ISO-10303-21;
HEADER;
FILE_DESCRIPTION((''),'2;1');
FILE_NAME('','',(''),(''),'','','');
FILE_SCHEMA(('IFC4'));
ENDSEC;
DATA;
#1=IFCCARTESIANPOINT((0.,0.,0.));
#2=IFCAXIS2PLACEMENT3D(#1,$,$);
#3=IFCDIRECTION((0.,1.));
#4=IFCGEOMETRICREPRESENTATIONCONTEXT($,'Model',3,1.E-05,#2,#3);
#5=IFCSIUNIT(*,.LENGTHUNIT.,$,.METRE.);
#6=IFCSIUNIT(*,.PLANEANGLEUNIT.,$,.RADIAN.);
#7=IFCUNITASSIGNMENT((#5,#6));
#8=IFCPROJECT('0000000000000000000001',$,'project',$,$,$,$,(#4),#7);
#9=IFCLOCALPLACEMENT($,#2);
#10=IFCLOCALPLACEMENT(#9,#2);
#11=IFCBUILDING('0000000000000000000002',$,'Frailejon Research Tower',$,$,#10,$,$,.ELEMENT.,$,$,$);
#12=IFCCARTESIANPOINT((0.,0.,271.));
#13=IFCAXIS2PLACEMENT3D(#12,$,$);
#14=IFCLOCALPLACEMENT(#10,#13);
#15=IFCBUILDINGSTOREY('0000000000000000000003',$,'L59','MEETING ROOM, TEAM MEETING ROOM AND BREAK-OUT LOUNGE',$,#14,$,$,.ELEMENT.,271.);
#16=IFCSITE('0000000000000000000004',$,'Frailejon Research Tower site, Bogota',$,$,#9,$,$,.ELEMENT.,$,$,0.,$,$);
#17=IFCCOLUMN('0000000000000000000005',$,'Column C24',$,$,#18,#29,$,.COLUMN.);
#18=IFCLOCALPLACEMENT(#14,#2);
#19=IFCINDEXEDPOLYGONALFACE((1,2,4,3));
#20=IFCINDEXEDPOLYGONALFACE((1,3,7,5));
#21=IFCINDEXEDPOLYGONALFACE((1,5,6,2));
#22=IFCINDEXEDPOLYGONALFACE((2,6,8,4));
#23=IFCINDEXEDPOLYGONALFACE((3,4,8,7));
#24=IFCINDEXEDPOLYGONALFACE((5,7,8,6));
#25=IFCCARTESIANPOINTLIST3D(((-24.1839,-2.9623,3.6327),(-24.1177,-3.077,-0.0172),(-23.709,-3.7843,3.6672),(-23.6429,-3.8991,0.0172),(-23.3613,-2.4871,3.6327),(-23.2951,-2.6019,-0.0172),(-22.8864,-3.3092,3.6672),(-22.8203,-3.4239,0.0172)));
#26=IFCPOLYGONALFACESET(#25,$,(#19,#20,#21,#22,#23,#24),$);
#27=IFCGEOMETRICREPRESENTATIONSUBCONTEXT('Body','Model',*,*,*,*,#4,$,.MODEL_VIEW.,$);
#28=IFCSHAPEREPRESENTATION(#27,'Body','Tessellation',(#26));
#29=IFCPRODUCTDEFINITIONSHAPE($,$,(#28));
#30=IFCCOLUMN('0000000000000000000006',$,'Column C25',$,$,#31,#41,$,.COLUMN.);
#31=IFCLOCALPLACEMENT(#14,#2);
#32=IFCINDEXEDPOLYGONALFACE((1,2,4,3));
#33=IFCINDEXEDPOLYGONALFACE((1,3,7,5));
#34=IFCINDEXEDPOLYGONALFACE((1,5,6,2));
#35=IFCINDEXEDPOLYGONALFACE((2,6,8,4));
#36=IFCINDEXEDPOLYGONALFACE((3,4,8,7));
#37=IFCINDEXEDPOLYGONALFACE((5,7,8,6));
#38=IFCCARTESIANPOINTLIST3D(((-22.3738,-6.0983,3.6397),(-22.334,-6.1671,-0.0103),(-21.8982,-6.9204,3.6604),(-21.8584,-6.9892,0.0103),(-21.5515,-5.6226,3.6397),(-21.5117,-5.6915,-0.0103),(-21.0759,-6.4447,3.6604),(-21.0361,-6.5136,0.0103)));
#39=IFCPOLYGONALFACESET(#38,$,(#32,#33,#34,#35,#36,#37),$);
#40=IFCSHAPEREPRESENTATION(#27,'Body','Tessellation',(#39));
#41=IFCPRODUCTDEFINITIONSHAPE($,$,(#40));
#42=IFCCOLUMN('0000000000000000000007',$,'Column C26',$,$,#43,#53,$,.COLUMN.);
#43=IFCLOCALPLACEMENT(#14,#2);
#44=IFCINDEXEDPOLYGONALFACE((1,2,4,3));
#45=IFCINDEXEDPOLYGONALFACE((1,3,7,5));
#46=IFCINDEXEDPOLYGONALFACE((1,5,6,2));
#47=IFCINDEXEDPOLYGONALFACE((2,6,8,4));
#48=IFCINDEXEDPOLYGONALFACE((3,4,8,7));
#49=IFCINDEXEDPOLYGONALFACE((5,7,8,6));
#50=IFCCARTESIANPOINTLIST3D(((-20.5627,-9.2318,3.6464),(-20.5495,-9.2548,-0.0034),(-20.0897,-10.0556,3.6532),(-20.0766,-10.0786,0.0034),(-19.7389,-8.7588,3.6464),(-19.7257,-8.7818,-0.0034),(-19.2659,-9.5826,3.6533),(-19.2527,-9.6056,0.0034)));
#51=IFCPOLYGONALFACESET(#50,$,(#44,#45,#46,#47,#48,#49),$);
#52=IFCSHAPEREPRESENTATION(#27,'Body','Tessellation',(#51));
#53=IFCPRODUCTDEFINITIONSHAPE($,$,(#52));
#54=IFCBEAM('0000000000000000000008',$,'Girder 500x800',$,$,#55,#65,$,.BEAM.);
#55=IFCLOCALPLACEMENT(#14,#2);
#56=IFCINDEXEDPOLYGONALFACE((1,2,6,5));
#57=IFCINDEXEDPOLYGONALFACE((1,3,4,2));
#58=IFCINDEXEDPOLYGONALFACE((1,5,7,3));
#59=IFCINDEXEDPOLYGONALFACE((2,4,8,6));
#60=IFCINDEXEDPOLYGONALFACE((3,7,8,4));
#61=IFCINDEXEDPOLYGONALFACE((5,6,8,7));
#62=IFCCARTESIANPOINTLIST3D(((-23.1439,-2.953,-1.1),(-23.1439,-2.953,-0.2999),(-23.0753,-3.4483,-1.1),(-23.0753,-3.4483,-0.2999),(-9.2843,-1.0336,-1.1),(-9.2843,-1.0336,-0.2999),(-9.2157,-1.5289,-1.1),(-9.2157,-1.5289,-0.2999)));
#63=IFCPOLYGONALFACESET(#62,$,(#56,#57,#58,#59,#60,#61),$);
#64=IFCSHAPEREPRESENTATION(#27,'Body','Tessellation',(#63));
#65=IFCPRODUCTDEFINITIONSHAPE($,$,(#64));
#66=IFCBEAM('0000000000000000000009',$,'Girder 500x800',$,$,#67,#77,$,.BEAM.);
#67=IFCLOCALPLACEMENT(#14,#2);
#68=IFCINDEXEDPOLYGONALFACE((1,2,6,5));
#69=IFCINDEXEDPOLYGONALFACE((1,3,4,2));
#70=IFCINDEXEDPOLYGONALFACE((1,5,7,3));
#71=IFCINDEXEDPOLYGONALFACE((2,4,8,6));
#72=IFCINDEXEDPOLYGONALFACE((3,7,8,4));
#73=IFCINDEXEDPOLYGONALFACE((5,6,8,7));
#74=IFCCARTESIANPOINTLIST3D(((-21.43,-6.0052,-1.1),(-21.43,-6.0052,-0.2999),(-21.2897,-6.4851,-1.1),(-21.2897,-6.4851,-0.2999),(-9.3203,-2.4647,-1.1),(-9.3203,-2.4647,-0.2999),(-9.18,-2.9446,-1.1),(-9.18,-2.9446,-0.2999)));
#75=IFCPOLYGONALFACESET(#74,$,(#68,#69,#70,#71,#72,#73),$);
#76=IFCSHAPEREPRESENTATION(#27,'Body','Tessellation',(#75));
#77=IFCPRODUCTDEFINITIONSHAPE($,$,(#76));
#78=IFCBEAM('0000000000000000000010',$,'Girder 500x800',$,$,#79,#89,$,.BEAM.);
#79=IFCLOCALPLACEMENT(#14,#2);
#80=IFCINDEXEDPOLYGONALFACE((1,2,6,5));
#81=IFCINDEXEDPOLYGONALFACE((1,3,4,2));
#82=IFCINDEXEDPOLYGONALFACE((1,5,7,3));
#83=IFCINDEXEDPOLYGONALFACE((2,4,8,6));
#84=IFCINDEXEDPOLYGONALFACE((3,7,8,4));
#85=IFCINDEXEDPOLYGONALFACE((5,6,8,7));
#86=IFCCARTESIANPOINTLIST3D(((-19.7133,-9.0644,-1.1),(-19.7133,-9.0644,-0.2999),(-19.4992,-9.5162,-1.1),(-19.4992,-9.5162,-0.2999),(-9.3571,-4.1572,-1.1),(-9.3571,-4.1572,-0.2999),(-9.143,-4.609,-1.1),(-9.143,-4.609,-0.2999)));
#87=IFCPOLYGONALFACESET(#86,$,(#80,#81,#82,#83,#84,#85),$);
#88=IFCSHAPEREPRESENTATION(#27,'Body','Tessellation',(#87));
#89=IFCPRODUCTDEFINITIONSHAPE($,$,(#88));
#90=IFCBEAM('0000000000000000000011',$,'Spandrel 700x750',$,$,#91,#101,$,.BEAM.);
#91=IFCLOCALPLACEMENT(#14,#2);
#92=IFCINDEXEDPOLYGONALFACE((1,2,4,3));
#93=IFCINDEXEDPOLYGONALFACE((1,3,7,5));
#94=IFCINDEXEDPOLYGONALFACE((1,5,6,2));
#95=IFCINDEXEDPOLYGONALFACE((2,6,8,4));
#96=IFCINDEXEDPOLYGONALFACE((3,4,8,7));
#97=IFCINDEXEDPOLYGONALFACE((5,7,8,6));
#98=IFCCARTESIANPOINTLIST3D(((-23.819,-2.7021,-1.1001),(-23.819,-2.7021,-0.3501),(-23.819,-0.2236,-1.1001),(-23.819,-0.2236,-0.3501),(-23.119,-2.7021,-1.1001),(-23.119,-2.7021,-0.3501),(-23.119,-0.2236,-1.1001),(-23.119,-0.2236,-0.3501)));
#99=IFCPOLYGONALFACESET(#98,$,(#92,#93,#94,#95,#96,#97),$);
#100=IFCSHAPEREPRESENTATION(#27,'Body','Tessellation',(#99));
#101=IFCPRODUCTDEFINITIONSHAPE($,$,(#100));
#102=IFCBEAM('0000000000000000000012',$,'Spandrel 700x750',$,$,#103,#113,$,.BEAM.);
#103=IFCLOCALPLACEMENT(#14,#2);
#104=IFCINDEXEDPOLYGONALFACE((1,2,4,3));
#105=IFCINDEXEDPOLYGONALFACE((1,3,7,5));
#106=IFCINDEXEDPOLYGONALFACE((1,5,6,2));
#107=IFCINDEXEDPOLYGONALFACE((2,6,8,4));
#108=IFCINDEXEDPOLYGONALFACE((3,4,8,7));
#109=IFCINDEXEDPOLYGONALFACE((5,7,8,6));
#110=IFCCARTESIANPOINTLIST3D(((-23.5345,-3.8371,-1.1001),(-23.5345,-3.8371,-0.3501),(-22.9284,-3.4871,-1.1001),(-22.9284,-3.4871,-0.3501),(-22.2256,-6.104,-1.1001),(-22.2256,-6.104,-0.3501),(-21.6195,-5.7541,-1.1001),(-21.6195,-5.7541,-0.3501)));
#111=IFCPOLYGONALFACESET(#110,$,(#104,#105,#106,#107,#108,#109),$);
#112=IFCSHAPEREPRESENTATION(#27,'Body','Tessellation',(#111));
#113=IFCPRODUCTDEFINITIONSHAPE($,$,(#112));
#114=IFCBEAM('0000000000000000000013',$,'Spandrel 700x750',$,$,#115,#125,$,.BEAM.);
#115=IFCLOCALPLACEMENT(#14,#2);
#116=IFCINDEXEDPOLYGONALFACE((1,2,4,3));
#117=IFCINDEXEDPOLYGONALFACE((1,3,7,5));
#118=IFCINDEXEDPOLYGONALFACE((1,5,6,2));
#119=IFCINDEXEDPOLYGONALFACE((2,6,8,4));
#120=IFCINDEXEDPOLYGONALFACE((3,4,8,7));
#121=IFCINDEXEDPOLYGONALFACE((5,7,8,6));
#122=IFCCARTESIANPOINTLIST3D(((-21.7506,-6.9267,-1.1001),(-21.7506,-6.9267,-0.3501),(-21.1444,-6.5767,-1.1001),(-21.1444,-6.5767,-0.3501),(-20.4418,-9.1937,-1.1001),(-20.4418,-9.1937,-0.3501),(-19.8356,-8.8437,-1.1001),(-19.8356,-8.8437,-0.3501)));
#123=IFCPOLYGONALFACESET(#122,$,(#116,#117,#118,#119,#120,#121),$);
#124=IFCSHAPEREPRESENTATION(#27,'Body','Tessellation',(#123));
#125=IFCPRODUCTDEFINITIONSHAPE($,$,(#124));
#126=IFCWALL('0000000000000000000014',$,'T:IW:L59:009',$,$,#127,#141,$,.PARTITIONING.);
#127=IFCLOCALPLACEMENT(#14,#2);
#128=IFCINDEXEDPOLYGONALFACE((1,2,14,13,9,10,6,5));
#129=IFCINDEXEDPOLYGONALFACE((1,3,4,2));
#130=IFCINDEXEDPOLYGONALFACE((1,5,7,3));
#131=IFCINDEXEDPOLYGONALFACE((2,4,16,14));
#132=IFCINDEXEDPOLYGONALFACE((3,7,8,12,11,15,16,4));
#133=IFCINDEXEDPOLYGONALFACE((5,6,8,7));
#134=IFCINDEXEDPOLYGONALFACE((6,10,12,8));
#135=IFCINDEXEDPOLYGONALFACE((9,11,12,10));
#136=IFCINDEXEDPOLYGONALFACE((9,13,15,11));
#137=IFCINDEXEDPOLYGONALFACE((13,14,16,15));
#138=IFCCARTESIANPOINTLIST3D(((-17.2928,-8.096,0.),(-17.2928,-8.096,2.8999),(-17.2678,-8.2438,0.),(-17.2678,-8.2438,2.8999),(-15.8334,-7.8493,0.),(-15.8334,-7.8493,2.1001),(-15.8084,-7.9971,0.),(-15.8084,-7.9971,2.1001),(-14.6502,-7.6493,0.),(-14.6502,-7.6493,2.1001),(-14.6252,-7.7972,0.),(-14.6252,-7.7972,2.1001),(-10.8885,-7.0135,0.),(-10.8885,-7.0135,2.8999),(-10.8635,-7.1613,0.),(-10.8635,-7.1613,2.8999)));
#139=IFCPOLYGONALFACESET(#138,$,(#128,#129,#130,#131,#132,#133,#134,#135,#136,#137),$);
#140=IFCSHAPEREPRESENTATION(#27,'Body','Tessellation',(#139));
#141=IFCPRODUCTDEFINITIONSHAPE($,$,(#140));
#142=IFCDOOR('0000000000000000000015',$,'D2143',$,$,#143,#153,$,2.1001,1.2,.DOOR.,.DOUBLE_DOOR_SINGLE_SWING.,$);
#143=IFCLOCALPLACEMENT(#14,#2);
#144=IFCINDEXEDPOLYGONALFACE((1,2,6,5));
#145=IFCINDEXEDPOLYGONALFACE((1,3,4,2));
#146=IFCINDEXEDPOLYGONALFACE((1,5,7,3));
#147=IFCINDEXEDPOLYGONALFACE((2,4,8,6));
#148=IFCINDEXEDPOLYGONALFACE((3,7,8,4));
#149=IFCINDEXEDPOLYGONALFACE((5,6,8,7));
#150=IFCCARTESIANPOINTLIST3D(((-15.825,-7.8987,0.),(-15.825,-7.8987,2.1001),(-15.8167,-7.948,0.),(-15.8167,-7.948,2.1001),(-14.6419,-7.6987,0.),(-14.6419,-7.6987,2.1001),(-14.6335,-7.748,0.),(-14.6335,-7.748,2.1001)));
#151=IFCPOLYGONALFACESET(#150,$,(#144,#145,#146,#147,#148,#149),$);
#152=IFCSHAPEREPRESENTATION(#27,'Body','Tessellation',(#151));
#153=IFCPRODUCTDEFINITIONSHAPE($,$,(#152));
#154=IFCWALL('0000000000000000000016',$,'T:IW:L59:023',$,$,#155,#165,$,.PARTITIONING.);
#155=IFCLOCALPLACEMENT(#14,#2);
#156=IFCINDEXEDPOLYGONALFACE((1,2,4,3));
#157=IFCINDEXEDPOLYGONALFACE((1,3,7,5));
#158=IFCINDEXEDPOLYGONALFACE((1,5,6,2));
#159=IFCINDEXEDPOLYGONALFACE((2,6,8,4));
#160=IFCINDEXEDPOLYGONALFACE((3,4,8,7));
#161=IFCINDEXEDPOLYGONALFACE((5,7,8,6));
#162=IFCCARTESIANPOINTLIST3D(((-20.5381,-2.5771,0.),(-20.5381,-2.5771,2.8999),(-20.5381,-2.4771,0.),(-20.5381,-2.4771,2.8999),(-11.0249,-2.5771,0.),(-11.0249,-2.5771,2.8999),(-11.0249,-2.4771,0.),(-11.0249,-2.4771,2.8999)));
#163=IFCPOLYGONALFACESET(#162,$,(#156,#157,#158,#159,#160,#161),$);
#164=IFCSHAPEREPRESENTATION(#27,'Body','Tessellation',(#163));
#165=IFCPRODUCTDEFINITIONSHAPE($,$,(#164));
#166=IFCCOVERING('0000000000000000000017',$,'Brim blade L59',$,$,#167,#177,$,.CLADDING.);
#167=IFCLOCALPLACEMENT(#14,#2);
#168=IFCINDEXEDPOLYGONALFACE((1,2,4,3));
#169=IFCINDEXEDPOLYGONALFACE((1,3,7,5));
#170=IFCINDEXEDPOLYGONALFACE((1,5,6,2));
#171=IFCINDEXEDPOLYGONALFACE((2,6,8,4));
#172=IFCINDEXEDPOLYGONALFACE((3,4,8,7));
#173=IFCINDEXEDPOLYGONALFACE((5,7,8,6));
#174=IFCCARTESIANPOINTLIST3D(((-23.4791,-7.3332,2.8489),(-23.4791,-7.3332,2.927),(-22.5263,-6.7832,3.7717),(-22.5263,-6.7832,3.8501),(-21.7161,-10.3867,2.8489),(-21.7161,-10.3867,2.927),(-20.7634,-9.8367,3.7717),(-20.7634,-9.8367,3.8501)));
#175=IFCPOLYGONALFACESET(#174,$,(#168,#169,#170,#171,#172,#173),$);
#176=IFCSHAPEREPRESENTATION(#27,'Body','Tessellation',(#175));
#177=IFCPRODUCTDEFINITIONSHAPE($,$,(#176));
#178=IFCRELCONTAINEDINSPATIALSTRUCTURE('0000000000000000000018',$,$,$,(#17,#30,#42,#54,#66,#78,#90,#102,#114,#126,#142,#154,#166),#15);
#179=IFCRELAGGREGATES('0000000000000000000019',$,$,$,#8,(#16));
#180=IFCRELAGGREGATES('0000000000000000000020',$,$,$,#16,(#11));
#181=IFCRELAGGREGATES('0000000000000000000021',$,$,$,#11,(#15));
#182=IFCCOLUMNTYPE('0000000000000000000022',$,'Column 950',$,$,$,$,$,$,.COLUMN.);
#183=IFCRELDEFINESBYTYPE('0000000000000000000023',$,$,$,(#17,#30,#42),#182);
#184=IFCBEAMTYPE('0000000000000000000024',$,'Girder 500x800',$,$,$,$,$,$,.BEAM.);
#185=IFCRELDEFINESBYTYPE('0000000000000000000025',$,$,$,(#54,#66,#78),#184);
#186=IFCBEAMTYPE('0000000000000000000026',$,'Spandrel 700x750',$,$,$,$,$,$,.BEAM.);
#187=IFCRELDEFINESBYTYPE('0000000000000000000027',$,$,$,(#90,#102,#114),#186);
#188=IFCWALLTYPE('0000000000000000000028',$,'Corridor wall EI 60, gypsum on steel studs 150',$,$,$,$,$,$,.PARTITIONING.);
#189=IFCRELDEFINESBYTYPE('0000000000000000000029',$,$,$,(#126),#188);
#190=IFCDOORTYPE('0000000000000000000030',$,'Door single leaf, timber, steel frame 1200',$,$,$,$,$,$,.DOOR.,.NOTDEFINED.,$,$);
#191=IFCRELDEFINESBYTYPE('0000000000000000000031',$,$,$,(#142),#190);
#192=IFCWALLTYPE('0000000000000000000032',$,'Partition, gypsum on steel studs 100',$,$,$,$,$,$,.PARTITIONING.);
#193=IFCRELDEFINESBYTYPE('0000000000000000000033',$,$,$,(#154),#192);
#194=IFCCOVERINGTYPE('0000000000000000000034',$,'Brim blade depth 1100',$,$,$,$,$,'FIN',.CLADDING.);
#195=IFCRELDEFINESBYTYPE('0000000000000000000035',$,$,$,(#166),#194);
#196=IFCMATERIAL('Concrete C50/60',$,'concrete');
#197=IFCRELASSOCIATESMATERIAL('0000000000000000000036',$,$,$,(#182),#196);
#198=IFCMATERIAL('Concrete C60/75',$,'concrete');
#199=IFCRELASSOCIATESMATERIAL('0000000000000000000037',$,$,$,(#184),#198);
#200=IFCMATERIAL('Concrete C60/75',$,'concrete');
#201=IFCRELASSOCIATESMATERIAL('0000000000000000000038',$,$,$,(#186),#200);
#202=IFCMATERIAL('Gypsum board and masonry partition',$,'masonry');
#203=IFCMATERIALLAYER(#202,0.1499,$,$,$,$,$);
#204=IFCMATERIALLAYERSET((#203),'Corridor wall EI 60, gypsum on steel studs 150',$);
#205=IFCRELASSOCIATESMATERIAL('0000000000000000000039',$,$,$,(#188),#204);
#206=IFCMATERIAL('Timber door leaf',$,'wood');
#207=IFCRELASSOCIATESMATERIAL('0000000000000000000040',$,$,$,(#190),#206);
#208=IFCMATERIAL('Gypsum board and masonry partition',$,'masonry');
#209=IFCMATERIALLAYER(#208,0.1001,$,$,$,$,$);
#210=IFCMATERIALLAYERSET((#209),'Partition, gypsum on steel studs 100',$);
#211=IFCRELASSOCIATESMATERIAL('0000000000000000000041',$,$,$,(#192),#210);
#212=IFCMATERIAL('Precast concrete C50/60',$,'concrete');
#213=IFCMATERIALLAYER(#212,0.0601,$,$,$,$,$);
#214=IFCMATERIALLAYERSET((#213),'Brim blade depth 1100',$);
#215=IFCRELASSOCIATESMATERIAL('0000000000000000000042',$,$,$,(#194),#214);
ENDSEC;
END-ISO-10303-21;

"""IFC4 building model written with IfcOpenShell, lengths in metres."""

from ifc_helpers import new_model, si_unit, direction, frame, frame_2d, origin, origin_2d, place, context, subcontext, project, spatial, polyline, rectangle, outline, extrude, material, layer, layer_set, material_profile, profile_set, type_object, element, fill, save


model = new_model("IFC4")

# Units and contexts
model_context = context("Model", 3, precision=1e-05, world=origin(), true_north=direction((0.0, 1.0)))
body_context = subcontext(model_context, "Body", "Model", "MODEL_VIEW")
ifc_project = project(units=[si_unit("LENGTHUNIT", "METRE"), si_unit("PLANEANGLEUNIT", "RADIAN")], contexts=[model_context])

# Site, building, storey
site_placement = place(None, origin())
site = spatial("IfcSite", under=ifc_project, at=site_placement, Name="Frailejon Research Tower site, Bogota", CompositionType="ELEMENT", RefElevation=0.0)
building_placement = place(site_placement, origin())
building = spatial("IfcBuilding", under=site, at=building_placement, Name="Frailejon Research Tower", CompositionType="ELEMENT")
storey_placement = place(building_placement, frame((0.0, 0.0, 271.0)))
storey = spatial("IfcBuildingStorey", under=building, at=storey_placement, Name="L59", Description="MEETING ROOM, TEAM MEETING ROOM AND BREAK-OUT LOUNGE", CompositionType="ELEMENT", Elevation=271.0)

# Columns
ifc_material_1 = material(Name="Concrete C50/60", Category="concrete")
ifc_material_profile_1 = material_profile(ifc_material_1, rectangle(XDim=0.95, YDim=0.95, at=origin_2d()), Name="Column 950")
ifc_profile_set_1 = profile_set([ifc_material_profile_1], Name="Concrete C50/60")
column_type = type_object("IfcColumnType", Name="Column 950", PredefinedType="COLUMN", material=ifc_profile_set_1)
column_1_placement = place(storey_placement, frame((-23.469, -3.2505, 0.0), z_axis=(-0.018115, 0.031417, 0.999342), x_axis=(0.499857, -0.865348, 0.036266)))
element("IfcColumn", 1, at=column_1_placement, inside=storey, type_object=column_type, Name="Column C24", PredefinedType="COLUMN", context=body_context, shape_type="SweptSolid", body=[
    extrude(rectangle(XDim=0.95, YDim=0.95, at=origin_2d()), origin(), (0.0, 0.0, 1.0), 3.6523),
])
column_2_placement = place(storey_placement, frame((-21.6851, -6.3403, 0.0), z_axis=(-0.0109, 0.018858, 0.999763), x_axis=(0.50059, -0.86541, 0.021782)))
element("IfcColumn", 2, at=column_2_placement, inside=storey, type_object=column_type, Name="Column C25", PredefinedType="COLUMN", context=body_context, shape_type="SweptSolid", body=[
    extrude(rectangle(XDim=0.95, YDim=0.95, at=origin_2d()), origin(), (0.0, 0.0, 1.0), 3.6509),
])
column_3_placement = place(storey_placement, frame((-19.9011, -9.4302, 0.0), z_axis=(-0.003612, 0.006287, 0.999974), x_axis=(0.49789, -0.86721, 0.007251)))
element("IfcColumn", 3, at=column_3_placement, inside=storey, type_object=column_type, Name="Column C26", PredefinedType="COLUMN", context=body_context, shape_type="SweptSolid", body=[
    extrude(rectangle(XDim=0.95, YDim=0.95, at=origin_2d()), origin(), (0.0, 0.0, 1.0), 3.6499),
])

# Beams
ifc_material_2 = material(Name="Concrete C60/75", Category="concrete")
ifc_material_profile_2 = material_profile(ifc_material_2, rectangle(XDim=0.5, YDim=0.8, at=origin_2d()), Name="Girder 500x800")
ifc_profile_set_2 = profile_set([ifc_material_profile_2], Name="Concrete C60/75")
beam_type_1 = type_object("IfcBeamType", Name="Girder 500x800", PredefinedType="BEAM", material=ifc_profile_set_2)
beam_1_placement = place(storey_placement, frame((-23.1096, -3.2007, -0.7), z_axis=(0.990546, 0.137182, 0.0), x_axis=(-0.137182, 0.990546, 0.0)))
element("IfcBeam", 4, at=beam_1_placement, inside=storey, type_object=beam_type_1, Name="Girder 500x800", PredefinedType="BEAM", context=body_context, shape_type="SweptSolid", body=[
    extrude(rectangle(XDim=0.5, YDim=0.8, at=origin_2d()), origin(), (0.0, 0.0, 1.0), 13.9919),
])
beam_2_placement = place(storey_placement, frame((-21.3599, -6.2451, -0.7), z_axis=(0.959819, 0.28062, 0.0), x_axis=(-0.28062, 0.959819, 0.0)))
element("IfcBeam", 5, at=beam_2_placement, inside=storey, type_object=beam_type_1, Name="Girder 500x800", PredefinedType="BEAM", context=body_context, shape_type="SweptSolid", body=[
    extrude(rectangle(XDim=0.5, YDim=0.8, at=origin_2d()), origin(), (0.0, 0.0, 1.0), 12.6167),
])
beam_3_placement = place(storey_placement, frame((-19.6062, -9.2903, -0.7), z_axis=(0.903682, 0.428204, 0.0), x_axis=(-0.428204, 0.903682, 0.0)))
element("IfcBeam", 6, at=beam_3_placement, inside=storey, type_object=beam_type_1, Name="Girder 500x800", PredefinedType="BEAM", context=body_context, shape_type="SweptSolid", body=[
    extrude(rectangle(XDim=0.5, YDim=0.8, at=origin_2d()), origin(), (0.0, 0.0, 1.0), 11.46),
])
ifc_material_3 = material(Name="Concrete C60/75", Category="concrete")
ifc_material_profile_3 = material_profile(ifc_material_3, rectangle(XDim=0.7, YDim=0.75, at=origin_2d()), Name="Spandrel 700x750")
ifc_profile_set_3 = profile_set([ifc_material_profile_3], Name="Concrete C60/75")
beam_type_2 = type_object("IfcBeamType", Name="Spandrel 700x750", PredefinedType="BEAM", material=ifc_profile_set_3)
beam_4_placement = place(storey_placement, frame((-23.469, -0.2236, -0.7251), z_axis=(0.0, -1.0, 0.0), x_axis=(1.0, 0.0, 0.0)))
element("IfcBeam", 7, at=beam_4_placement, inside=storey, type_object=beam_type_2, Name="Spandrel 700x750", PredefinedType="BEAM", context=body_context, shape_type="SweptSolid", body=[
    extrude(rectangle(XDim=0.7, YDim=0.75, at=origin_2d()), origin(), (0.0, 0.0, 1.0), 2.4785),
])
for number, where, z_axis, x_axis, name in (
    (8, (-23.2314, -3.6621, -0.7251), (0.500021, -0.866013, 0.0), (0.866013, 0.500021, 0.0), "Spandrel 700x750"),
    (9, (-21.4475, -6.7517, -0.7251), (0.499981, -0.866036, 0.0), (0.866036, 0.499981, 0.0), "Spandrel 700x750"),
):
    element("IfcBeam", number, at=place(storey_placement, frame(where, z_axis=z_axis, x_axis=x_axis)), inside=storey, type_object=beam_type_2, Name=name, PredefinedType="BEAM", context=body_context, shape_type="SweptSolid", body=[
        extrude(rectangle(XDim=0.7, YDim=0.75, at=origin_2d()), origin(), (0.0, 0.0, 1.0), 2.6177),
    ])

# Wall, opening, door
ifc_material_4 = material(Name="Gypsum board and masonry partition", Category="masonry")
ifc_layer_1 = layer(ifc_material_4, 0.1499)
ifc_layer_set_1 = layer_set([ifc_layer_1], Name="Corridor wall EI 60, gypsum on steel studs 150")
wall_type_1 = type_object("IfcWallType", Name="Corridor wall EI 60, gypsum on steel studs 150", PredefinedType="PARTITIONING", material=ifc_layer_set_1)
wall_1_placement = place(storey_placement, frame((-17.2803, -8.1699, 0.0), z_axis=(0.0, 0.0, 1.0), x_axis=(0.986013, 0.166666, 0.0)))
wall_1 = element("IfcWall", 10, at=wall_1_placement, inside=storey, type_object=wall_type_1, Name="T:IW:L59:009", PredefinedType="PARTITIONING", context=body_context, shape_type="SweptSolid", body=[
    extrude(rectangle(XDim=6.4951, YDim=0.1499, at=frame_2d((3.2476, 0.0))), origin(), (0.0, 0.0, 1.0), 2.8999),
])
opening_1_placement = place(wall_1_placement, frame((1.48, 0.0, 0.0)))
opening_1 = element("IfcOpeningElement", 11, at=opening_1_placement, cuts=wall_1, PredefinedType="OPENING", context=body_context, shape_type="SweptSolid", body=[
    extrude(rectangle(XDim=1.2, YDim=2.1001, at=frame_2d((0.6001, 1.05))), frame((0.0, 0.085, 0.0), z_axis=(0.0, -1.0, 0.0), x_axis=(1.0, 0.0, 0.0)), (0.0, 0.0, 1.0), 0.1699),
])
ifc_material_5 = material(Name="Timber door leaf", Category="wood")
door_type_1 = type_object("IfcDoorType", Name="Door single leaf, timber, steel frame 1200", OperationType="NOTDEFINED", PredefinedType="DOOR", material=ifc_material_5)
door_1_placement = place(opening_1_placement, origin())
door_1 = element("IfcDoor", 12, at=door_1_placement, inside=storey, type_object=door_type_1, Name="D2143", OperationType="DOUBLE_DOOR_SINGLE_SWING", OverallHeight=2.1001, OverallWidth=1.2, PredefinedType="DOOR", context=body_context, shape_type="SweptSolid", body=[
    extrude(rectangle(XDim=1.2, YDim=2.1001, at=frame_2d((0.6001, 1.05))), frame((0.0, 0.0249, 0.0), z_axis=(0.0, -1.0, 0.0), x_axis=(1.0, 0.0, 0.0)), (0.0, 0.0, 1.0), 0.05),
])
fill(opening_1, door_1)

# Wall
ifc_material_6 = material(Name="Gypsum board and masonry partition", Category="masonry")
ifc_layer_2 = layer(ifc_material_6, 0.1001)
ifc_layer_set_2 = layer_set([ifc_layer_2], Name="Partition, gypsum on steel studs 100")
wall_type_2 = type_object("IfcWallType", Name="Partition, gypsum on steel studs 100", PredefinedType="PARTITIONING", material=ifc_layer_set_2)
wall_2_placement = place(storey_placement, frame((-20.5381, -2.5271, 0.0), z_axis=(0.0, 0.0, 1.0), x_axis=(1.0, 0.0, 0.0)))
element("IfcWall", 13, at=wall_2_placement, inside=storey, type_object=wall_type_2, Name="T:IW:L59:023", PredefinedType="PARTITIONING", context=body_context, shape_type="SweptSolid", body=[
    extrude(rectangle(XDim=9.5132, YDim=0.1001, at=frame_2d((4.7566, 0.0))), origin(), (0.0, 0.0, 1.0), 2.8999),
])

# Covering
ifc_material_7 = material(Name="Precast concrete C50/60", Category="concrete")
ifc_layer_3 = layer(ifc_material_7, 0.0601)
ifc_layer_set_3 = layer_set([ifc_layer_3], Name="Brim blade depth 1100")
covering_type_1 = type_object("IfcCoveringType", Name="Brim blade depth 1100", ElementType="FIN", PredefinedType="CLADDING", material=ifc_layer_set_3)
covering_1_placement = place(storey_placement, frame((-20.7634, -9.8367, 3.8501), z_axis=(-0.499992, 0.86603, 0.0), x_axis=(-0.86603, -0.499992, 0.0)))
element("IfcCovering", 14, at=covering_1_placement, inside=storey, type_object=covering_type_1, Name="Brim blade L59", PredefinedType="CLADDING", context=body_context, shape_type="SweptSolid", body=[
    extrude(outline(polyline([(0.0, -0.0784), (1.1001, -1.0012), (1.1001, -0.9231), (0.0, 0.0), (0.0, -0.0784)])), origin(), (0.0, 0.0, 1.0), 3.5259),
])

save(model, "model.ifc")
